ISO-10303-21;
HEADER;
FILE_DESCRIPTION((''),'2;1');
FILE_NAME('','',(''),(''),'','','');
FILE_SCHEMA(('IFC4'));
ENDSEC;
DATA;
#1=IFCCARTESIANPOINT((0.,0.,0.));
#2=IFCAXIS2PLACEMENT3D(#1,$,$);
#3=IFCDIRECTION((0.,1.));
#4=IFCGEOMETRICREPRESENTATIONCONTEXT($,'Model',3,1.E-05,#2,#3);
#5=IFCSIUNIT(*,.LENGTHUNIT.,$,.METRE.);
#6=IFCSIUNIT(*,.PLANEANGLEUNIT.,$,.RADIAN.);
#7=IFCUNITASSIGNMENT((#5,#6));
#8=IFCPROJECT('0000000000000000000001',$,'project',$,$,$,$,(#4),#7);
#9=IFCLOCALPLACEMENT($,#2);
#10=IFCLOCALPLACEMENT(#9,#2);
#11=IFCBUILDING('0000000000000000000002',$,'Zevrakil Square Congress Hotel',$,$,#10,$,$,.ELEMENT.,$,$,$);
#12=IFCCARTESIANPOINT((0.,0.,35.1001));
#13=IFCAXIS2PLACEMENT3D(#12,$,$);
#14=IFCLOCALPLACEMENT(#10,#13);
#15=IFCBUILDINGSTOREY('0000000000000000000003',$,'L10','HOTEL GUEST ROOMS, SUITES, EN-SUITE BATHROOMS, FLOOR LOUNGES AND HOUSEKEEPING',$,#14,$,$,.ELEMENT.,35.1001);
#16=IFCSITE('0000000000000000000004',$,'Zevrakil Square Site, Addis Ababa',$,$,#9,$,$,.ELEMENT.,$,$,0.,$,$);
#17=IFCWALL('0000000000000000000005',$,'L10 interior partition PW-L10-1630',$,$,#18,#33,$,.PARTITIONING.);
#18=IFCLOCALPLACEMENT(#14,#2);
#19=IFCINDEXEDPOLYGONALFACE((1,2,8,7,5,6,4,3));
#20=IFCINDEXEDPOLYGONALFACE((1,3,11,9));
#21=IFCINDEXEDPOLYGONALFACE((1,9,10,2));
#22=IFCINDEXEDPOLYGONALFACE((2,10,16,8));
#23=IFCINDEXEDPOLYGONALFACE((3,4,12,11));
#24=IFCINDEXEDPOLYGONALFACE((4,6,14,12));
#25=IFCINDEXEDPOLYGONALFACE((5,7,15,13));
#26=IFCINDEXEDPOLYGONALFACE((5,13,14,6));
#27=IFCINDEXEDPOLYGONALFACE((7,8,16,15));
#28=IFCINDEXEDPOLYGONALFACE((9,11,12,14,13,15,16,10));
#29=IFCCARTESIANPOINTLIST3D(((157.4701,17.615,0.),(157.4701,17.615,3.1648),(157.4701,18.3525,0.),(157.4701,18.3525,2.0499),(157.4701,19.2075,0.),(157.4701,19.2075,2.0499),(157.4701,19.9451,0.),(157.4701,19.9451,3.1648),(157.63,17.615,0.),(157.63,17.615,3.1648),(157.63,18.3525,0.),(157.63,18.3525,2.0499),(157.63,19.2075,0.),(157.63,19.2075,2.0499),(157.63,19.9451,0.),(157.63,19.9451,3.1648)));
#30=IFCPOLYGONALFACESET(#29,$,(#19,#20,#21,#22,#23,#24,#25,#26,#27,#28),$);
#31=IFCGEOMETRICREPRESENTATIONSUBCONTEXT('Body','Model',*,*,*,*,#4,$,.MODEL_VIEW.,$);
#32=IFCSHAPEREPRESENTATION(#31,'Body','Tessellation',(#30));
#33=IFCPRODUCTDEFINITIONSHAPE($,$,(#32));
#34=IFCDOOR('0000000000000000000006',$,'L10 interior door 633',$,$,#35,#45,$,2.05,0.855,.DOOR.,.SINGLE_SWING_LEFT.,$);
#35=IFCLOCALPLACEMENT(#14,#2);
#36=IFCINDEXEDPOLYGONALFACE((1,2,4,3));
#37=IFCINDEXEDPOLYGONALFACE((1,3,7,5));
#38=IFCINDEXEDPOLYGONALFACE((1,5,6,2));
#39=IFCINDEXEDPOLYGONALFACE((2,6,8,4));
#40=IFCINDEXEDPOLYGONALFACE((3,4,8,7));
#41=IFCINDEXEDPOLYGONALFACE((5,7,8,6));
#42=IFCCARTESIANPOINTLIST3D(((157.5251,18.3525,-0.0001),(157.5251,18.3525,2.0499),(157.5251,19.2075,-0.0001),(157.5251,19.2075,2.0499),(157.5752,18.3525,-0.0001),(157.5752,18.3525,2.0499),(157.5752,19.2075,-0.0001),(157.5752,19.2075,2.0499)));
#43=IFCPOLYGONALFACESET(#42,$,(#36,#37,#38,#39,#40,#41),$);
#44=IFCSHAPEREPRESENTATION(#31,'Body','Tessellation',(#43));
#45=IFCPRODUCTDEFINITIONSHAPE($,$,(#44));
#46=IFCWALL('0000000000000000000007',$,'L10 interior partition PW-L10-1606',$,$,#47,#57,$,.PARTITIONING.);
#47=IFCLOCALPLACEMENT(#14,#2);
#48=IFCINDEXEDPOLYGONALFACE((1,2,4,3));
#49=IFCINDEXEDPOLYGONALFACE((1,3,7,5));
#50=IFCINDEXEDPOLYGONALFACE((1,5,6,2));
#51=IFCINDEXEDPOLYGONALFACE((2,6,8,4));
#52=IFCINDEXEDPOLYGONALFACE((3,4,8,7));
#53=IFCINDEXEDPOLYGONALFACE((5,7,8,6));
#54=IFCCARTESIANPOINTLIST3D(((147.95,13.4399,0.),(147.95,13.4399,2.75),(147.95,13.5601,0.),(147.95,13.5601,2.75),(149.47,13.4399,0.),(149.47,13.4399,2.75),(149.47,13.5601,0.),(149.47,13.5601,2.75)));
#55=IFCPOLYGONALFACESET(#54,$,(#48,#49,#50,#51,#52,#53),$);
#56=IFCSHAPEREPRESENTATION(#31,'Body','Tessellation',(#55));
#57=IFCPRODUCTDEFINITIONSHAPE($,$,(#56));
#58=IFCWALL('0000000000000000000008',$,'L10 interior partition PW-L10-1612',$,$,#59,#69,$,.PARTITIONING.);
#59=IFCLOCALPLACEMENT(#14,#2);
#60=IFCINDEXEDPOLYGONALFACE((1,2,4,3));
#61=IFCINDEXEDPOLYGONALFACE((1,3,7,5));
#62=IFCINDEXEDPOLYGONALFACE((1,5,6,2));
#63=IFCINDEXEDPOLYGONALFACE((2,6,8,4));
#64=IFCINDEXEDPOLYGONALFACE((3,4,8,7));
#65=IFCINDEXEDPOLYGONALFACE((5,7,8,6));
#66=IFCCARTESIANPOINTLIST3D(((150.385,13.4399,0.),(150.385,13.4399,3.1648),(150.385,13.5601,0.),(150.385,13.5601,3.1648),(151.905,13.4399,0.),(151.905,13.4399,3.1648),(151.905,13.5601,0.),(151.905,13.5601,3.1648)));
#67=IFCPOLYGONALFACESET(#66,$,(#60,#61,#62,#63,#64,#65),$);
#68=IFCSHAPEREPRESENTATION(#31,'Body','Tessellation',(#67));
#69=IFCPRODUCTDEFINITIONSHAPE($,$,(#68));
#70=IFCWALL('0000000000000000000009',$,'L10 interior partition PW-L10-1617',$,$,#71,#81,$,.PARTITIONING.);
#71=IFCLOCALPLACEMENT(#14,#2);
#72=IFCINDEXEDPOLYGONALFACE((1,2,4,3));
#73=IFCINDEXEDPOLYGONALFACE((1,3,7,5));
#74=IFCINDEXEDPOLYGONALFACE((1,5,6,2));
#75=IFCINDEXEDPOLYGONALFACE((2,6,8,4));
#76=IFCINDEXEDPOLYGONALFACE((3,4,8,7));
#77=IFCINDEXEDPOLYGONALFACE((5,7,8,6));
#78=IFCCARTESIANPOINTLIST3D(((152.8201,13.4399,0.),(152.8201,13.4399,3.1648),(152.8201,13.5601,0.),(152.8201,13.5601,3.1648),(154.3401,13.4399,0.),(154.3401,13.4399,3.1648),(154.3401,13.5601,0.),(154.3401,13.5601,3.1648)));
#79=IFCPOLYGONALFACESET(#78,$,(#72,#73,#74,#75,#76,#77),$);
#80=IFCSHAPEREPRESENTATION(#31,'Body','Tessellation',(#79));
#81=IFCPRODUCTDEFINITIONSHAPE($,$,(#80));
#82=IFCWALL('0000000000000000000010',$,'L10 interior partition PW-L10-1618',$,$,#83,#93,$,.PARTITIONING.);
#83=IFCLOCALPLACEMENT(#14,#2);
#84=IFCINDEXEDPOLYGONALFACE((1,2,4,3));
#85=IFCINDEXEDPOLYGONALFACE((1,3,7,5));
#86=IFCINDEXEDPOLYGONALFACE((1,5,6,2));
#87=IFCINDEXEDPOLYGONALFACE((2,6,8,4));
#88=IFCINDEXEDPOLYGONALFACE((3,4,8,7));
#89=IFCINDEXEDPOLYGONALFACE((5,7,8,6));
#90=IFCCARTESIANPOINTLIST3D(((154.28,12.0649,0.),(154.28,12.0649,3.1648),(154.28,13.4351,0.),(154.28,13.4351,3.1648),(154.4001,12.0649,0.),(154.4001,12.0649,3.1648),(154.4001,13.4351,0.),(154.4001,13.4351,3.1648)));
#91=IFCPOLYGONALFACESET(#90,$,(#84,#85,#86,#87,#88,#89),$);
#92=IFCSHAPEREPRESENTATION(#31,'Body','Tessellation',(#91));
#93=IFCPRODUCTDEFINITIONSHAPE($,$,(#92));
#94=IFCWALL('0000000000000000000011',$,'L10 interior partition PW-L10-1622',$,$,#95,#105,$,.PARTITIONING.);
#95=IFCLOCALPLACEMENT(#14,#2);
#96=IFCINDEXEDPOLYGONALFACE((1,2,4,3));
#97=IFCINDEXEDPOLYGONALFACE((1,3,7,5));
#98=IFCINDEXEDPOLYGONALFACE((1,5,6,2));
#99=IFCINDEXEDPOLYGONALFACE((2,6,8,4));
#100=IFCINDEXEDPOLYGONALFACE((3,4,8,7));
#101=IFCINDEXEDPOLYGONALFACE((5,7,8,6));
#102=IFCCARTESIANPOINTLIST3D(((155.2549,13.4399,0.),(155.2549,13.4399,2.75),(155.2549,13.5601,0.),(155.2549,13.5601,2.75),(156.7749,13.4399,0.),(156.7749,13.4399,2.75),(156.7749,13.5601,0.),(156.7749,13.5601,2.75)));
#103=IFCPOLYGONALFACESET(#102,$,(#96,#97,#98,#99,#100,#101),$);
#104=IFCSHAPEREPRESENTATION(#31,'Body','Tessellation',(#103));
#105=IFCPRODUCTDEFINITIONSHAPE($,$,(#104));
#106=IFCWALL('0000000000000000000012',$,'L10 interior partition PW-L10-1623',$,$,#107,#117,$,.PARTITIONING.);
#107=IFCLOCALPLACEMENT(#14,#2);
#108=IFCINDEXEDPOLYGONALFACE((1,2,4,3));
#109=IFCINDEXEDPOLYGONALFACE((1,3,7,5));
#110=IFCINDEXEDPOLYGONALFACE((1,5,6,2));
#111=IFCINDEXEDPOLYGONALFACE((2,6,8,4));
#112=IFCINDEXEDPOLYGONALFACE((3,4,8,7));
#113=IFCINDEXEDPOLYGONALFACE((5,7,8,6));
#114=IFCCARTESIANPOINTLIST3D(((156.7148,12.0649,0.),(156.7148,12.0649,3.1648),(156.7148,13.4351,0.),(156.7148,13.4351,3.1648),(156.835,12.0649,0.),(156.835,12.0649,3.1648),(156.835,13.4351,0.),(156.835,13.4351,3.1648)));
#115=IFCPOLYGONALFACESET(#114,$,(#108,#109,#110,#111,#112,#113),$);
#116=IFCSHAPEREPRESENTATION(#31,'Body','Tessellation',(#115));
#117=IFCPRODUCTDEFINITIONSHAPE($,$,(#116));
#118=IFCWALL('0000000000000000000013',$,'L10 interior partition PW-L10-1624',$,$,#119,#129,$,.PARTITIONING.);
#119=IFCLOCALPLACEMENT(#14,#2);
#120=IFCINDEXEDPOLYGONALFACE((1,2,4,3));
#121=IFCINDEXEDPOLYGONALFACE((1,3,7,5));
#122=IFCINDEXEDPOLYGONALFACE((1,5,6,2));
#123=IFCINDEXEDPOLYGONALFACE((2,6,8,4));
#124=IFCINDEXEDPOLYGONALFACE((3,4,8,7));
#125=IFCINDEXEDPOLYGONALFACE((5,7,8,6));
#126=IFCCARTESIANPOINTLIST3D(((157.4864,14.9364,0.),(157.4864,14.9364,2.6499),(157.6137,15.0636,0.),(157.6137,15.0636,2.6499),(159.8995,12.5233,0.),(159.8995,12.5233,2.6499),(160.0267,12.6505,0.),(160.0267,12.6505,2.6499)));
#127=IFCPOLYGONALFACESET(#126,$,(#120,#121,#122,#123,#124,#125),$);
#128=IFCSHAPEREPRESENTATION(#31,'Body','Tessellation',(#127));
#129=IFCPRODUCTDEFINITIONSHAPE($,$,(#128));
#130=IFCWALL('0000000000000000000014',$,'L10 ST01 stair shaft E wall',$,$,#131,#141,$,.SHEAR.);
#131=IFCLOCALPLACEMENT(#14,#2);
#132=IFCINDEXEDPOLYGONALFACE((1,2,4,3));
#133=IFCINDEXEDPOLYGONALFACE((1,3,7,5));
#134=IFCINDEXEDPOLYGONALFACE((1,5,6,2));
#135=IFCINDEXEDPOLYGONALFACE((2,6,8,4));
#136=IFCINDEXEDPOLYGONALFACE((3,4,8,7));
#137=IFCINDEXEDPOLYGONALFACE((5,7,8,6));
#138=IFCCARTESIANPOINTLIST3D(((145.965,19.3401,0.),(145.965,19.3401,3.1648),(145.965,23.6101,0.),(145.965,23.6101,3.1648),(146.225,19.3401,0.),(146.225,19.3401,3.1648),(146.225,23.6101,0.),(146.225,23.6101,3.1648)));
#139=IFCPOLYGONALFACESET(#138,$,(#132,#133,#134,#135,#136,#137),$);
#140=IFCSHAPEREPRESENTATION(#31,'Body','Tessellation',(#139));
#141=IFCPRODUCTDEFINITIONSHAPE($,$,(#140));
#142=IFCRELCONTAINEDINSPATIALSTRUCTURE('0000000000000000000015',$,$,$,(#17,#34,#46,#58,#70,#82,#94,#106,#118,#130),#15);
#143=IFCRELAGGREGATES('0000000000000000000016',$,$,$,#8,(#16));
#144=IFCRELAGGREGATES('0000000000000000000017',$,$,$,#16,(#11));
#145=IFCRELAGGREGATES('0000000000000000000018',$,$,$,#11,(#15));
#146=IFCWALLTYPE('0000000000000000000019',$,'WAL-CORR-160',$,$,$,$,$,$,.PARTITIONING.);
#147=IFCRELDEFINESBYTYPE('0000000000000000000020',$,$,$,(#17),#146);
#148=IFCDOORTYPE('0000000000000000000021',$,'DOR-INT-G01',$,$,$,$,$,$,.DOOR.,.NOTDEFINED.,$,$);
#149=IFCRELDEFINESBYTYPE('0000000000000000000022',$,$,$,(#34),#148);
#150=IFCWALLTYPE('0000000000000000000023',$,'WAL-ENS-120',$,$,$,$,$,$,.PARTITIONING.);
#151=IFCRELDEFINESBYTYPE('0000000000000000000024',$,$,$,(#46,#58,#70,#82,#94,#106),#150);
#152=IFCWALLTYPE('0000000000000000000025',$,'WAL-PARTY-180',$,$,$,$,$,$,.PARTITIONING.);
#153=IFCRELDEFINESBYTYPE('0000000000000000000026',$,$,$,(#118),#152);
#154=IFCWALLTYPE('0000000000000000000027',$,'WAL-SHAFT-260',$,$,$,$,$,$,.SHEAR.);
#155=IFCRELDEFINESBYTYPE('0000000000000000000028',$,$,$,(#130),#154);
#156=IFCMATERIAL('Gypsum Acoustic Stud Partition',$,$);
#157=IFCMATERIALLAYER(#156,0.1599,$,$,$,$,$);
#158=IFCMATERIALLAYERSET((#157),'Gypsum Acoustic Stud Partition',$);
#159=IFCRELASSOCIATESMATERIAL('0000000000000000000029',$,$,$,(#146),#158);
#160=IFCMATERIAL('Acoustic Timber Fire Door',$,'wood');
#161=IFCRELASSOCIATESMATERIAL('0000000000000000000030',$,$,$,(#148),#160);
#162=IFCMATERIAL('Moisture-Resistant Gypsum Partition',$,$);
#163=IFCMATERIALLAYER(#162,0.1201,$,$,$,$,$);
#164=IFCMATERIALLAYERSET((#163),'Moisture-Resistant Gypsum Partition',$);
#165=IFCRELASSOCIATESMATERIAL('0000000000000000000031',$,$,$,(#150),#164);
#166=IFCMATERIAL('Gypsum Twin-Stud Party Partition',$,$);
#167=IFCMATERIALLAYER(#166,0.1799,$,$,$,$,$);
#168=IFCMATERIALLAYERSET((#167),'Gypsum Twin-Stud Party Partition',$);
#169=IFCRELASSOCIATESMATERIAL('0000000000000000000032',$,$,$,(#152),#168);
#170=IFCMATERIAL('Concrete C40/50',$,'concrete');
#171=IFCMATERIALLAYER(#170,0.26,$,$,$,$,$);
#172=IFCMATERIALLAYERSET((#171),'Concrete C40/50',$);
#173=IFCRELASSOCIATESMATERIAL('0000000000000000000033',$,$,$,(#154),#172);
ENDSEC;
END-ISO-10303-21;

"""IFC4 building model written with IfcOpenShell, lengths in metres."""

from ifc_helpers import new_model, si_unit, direction, frame, frame_2d, origin, place, context, subcontext, project, spatial, rectangle, extrude, material, layer, layer_set, type_object, element, fill, save


model = new_model("IFC4")

# Units and contexts
model_context = context("Model", 3, precision=1e-05, world=origin(), true_north=direction((0.0, 1.0)))
body_context = subcontext(model_context, "Body", "Model", "MODEL_VIEW")
ifc_project = project(units=[si_unit("LENGTHUNIT", "METRE"), si_unit("PLANEANGLEUNIT", "RADIAN")], contexts=[model_context])

# Site, building, storey
site_placement = place(None, origin())
site = spatial("IfcSite", under=ifc_project, at=site_placement, Name="Zevrakil Square Site, Addis Ababa", CompositionType="ELEMENT", RefElevation=0.0)
building_placement = place(site_placement, origin())
building = spatial("IfcBuilding", under=site, at=building_placement, Name="Zevrakil Square Congress Hotel", CompositionType="ELEMENT")
storey_placement = place(building_placement, frame((0.0, 0.0, 35.1001)))
storey = spatial("IfcBuildingStorey", under=building, at=storey_placement, Name="L10", Description="HOTEL GUEST ROOMS, SUITES, EN-SUITE BATHROOMS, FLOOR LOUNGES AND HOUSEKEEPING", CompositionType="ELEMENT", Elevation=35.1001)

# Shared definitions
ifc_material_1 = material(Name="Gypsum Acoustic Stud Partition")
ifc_layer_1 = layer(ifc_material_1, 0.1599)
ifc_layer_set_1 = layer_set([ifc_layer_1], Name="Gypsum Acoustic Stud Partition")
wall_type_1 = type_object("IfcWallType", Name="WAL-CORR-160", PredefinedType="PARTITIONING", material=ifc_layer_set_1)

# Wall, opening, door
wall_1_placement = place(storey_placement, frame((157.55, 17.615, 0.0), z_axis=(0.0, 0.0, 1.0), x_axis=(0.0, 1.0, 0.0)))
wall_1 = element("IfcWall", 1, at=wall_1_placement, inside=storey, type_object=wall_type_1, Name="L10 interior partition PW-L10-1630", PredefinedType="PARTITIONING", context=body_context, shape_type="SweptSolid", body=[
    extrude(rectangle(XDim=2.3301, YDim=0.1599, at=frame_2d((1.165, 0.0))), origin(), (0.0, 0.0, 1.0), 3.1648),
])
opening_1_placement = place(wall_1_placement, frame((0.7375, 0.0, 0.0)))
opening_1 = element("IfcOpeningElement", 2, at=opening_1_placement, cuts=wall_1, PredefinedType="OPENING", context=body_context, shape_type="SweptSolid", body=[
    extrude(rectangle(XDim=0.855, YDim=2.05, at=frame_2d((0.4275, 1.0249))), frame((0.0, 0.0898, 0.0), z_axis=(0.0, -1.0, 0.0), x_axis=(1.0, 0.0, 0.0)), (0.0, 0.0, 1.0), 0.1799),
])
ifc_material_2 = material(Name="Acoustic Timber Fire Door", Category="wood")
door_type_1 = type_object("IfcDoorType", Name="DOR-INT-G01", OperationType="NOTDEFINED", PredefinedType="DOOR", material=ifc_material_2)
door_1_placement = place(opening_1_placement, origin())
door_1 = element("IfcDoor", 3, at=door_1_placement, inside=storey, type_object=door_type_1, Name="L10 interior door 633", OperationType="SINGLE_SWING_LEFT", OverallHeight=2.05, OverallWidth=0.855, PredefinedType="DOOR", context=body_context, shape_type="SweptSolid", body=[
    extrude(rectangle(XDim=0.855, YDim=2.05, at=frame_2d((0.4275, 1.0249))), frame((0.0, 0.0249, 0.0), z_axis=(0.0, -1.0, 0.0), x_axis=(1.0, 0.0, 0.0)), (0.0, 0.0, 1.0), 0.05),
])
fill(opening_1, door_1)

# Walls
ifc_material_3 = material(Name="Moisture-Resistant Gypsum Partition")
ifc_layer_2 = layer(ifc_material_3, 0.1201)
ifc_layer_set_2 = layer_set([ifc_layer_2], Name="Moisture-Resistant Gypsum Partition")
wall_type_2 = type_object("IfcWallType", Name="WAL-ENS-120", PredefinedType="PARTITIONING", material=ifc_layer_set_2)
wall_2_placement = place(storey_placement, frame((147.95, 13.5, 0.0), z_axis=(0.0, 0.0, 1.0), x_axis=(1.0, 0.0, 0.0)))
element("IfcWall", 4, at=wall_2_placement, inside=storey, type_object=wall_type_2, Name="L10 interior partition PW-L10-1606", PredefinedType="PARTITIONING", context=body_context, shape_type="SweptSolid", body=[
    extrude(rectangle(XDim=1.52, YDim=0.1201, at=frame_2d((0.76, 0.0))), origin(), (0.0, 0.0, 1.0), 2.75),
])
for number, where, z_axis, x_axis, name in (
    (5, (150.385, 13.5, 0.0), (0.0, 0.0, 1.0), (1.0, 0.0, 0.0), "L10 interior partition PW-L10-1612"),
    (6, (152.8201, 13.5, 0.0), (0.0, 0.0, 1.0), (1.0, 0.0, 0.0), "L10 interior partition PW-L10-1617"),
):
    element("IfcWall", number, at=place(storey_placement, frame(where, z_axis=z_axis, x_axis=x_axis)), inside=storey, type_object=wall_type_2, Name=name, PredefinedType="PARTITIONING", context=body_context, shape_type="SweptSolid", body=[
        extrude(rectangle(XDim=1.52, YDim=0.1201, at=frame_2d((0.76, 0.0))), origin(), (0.0, 0.0, 1.0), 3.1648),
    ])
wall_3_placement = place(storey_placement, frame((154.3401, 12.0649, 0.0), z_axis=(0.0, 0.0, 1.0), x_axis=(0.0, 1.0, 0.0)))
element("IfcWall", 7, at=wall_3_placement, inside=storey, type_object=wall_type_2, Name="L10 interior partition PW-L10-1618", PredefinedType="PARTITIONING", context=body_context, shape_type="SweptSolid", body=[
    extrude(rectangle(XDim=1.3701, YDim=0.1201, at=frame_2d((0.6851, 0.0))), origin(), (0.0, 0.0, 1.0), 3.1648),
])
wall_4_placement = place(storey_placement, frame((155.2549, 13.5, 0.0), z_axis=(0.0, 0.0, 1.0), x_axis=(1.0, 0.0, 0.0)))
element("IfcWall", 8, at=wall_4_placement, inside=storey, type_object=wall_type_2, Name="L10 interior partition PW-L10-1622", PredefinedType="PARTITIONING", context=body_context, shape_type="SweptSolid", body=[
    extrude(rectangle(XDim=1.52, YDim=0.1201, at=frame_2d((0.76, 0.0))), origin(), (0.0, 0.0, 1.0), 2.75),
])
wall_5_placement = place(storey_placement, frame((156.7749, 12.0649, 0.0), z_axis=(0.0, 0.0, 1.0), x_axis=(0.0, 1.0, 0.0)))
element("IfcWall", 9, at=wall_5_placement, inside=storey, type_object=wall_type_2, Name="L10 interior partition PW-L10-1623", PredefinedType="PARTITIONING", context=body_context, shape_type="SweptSolid", body=[
    extrude(rectangle(XDim=1.3701, YDim=0.1201, at=frame_2d((0.6851, 0.0))), origin(), (0.0, 0.0, 1.0), 3.1648),
])
ifc_material_4 = material(Name="Gypsum Twin-Stud Party Partition")
ifc_layer_3 = layer(ifc_material_4, 0.1799)
ifc_layer_set_3 = layer_set([ifc_layer_3], Name="Gypsum Twin-Stud Party Partition")
wall_type_3 = type_object("IfcWallType", Name="WAL-PARTY-180", PredefinedType="PARTITIONING", material=ifc_layer_set_3)
wall_6_placement = place(storey_placement, frame((157.55, 15.0, 0.0), z_axis=(0.0, 0.0, 1.0), x_axis=(0.707107, -0.707107, 0.0)))
element("IfcWall", 10, at=wall_6_placement, inside=storey, type_object=wall_type_3, Name="L10 interior partition PW-L10-1624", PredefinedType="PARTITIONING", context=body_context, shape_type="SweptSolid", body=[
    extrude(rectangle(XDim=3.4126, YDim=0.1799, at=frame_2d((1.7063, 0.0))), origin(), (0.0, 0.0, 1.0), 2.6499),
])
ifc_material_5 = material(Name="Concrete C40/50", Category="concrete")
ifc_layer_4 = layer(ifc_material_5, 0.26)
ifc_layer_set_4 = layer_set([ifc_layer_4], Name="Concrete C40/50")
wall_type_4 = type_object("IfcWallType", Name="WAL-SHAFT-260", PredefinedType="SHEAR", material=ifc_layer_set_4)
wall_7_placement = place(storey_placement, frame((146.095, 19.3401, 0.0), z_axis=(0.0, 0.0, 1.0), x_axis=(0.0, 1.0, 0.0)))
element("IfcWall", 11, at=wall_7_placement, inside=storey, type_object=wall_type_4, Name="L10 ST01 stair shaft E wall", PredefinedType="SHEAR", context=body_context, shape_type="SweptSolid", body=[
    extrude(rectangle(XDim=4.27, YDim=0.26, at=frame_2d((2.135, 0.0))), origin(), (0.0, 0.0, 1.0), 3.1648),
])

save(model, "model.ifc")
